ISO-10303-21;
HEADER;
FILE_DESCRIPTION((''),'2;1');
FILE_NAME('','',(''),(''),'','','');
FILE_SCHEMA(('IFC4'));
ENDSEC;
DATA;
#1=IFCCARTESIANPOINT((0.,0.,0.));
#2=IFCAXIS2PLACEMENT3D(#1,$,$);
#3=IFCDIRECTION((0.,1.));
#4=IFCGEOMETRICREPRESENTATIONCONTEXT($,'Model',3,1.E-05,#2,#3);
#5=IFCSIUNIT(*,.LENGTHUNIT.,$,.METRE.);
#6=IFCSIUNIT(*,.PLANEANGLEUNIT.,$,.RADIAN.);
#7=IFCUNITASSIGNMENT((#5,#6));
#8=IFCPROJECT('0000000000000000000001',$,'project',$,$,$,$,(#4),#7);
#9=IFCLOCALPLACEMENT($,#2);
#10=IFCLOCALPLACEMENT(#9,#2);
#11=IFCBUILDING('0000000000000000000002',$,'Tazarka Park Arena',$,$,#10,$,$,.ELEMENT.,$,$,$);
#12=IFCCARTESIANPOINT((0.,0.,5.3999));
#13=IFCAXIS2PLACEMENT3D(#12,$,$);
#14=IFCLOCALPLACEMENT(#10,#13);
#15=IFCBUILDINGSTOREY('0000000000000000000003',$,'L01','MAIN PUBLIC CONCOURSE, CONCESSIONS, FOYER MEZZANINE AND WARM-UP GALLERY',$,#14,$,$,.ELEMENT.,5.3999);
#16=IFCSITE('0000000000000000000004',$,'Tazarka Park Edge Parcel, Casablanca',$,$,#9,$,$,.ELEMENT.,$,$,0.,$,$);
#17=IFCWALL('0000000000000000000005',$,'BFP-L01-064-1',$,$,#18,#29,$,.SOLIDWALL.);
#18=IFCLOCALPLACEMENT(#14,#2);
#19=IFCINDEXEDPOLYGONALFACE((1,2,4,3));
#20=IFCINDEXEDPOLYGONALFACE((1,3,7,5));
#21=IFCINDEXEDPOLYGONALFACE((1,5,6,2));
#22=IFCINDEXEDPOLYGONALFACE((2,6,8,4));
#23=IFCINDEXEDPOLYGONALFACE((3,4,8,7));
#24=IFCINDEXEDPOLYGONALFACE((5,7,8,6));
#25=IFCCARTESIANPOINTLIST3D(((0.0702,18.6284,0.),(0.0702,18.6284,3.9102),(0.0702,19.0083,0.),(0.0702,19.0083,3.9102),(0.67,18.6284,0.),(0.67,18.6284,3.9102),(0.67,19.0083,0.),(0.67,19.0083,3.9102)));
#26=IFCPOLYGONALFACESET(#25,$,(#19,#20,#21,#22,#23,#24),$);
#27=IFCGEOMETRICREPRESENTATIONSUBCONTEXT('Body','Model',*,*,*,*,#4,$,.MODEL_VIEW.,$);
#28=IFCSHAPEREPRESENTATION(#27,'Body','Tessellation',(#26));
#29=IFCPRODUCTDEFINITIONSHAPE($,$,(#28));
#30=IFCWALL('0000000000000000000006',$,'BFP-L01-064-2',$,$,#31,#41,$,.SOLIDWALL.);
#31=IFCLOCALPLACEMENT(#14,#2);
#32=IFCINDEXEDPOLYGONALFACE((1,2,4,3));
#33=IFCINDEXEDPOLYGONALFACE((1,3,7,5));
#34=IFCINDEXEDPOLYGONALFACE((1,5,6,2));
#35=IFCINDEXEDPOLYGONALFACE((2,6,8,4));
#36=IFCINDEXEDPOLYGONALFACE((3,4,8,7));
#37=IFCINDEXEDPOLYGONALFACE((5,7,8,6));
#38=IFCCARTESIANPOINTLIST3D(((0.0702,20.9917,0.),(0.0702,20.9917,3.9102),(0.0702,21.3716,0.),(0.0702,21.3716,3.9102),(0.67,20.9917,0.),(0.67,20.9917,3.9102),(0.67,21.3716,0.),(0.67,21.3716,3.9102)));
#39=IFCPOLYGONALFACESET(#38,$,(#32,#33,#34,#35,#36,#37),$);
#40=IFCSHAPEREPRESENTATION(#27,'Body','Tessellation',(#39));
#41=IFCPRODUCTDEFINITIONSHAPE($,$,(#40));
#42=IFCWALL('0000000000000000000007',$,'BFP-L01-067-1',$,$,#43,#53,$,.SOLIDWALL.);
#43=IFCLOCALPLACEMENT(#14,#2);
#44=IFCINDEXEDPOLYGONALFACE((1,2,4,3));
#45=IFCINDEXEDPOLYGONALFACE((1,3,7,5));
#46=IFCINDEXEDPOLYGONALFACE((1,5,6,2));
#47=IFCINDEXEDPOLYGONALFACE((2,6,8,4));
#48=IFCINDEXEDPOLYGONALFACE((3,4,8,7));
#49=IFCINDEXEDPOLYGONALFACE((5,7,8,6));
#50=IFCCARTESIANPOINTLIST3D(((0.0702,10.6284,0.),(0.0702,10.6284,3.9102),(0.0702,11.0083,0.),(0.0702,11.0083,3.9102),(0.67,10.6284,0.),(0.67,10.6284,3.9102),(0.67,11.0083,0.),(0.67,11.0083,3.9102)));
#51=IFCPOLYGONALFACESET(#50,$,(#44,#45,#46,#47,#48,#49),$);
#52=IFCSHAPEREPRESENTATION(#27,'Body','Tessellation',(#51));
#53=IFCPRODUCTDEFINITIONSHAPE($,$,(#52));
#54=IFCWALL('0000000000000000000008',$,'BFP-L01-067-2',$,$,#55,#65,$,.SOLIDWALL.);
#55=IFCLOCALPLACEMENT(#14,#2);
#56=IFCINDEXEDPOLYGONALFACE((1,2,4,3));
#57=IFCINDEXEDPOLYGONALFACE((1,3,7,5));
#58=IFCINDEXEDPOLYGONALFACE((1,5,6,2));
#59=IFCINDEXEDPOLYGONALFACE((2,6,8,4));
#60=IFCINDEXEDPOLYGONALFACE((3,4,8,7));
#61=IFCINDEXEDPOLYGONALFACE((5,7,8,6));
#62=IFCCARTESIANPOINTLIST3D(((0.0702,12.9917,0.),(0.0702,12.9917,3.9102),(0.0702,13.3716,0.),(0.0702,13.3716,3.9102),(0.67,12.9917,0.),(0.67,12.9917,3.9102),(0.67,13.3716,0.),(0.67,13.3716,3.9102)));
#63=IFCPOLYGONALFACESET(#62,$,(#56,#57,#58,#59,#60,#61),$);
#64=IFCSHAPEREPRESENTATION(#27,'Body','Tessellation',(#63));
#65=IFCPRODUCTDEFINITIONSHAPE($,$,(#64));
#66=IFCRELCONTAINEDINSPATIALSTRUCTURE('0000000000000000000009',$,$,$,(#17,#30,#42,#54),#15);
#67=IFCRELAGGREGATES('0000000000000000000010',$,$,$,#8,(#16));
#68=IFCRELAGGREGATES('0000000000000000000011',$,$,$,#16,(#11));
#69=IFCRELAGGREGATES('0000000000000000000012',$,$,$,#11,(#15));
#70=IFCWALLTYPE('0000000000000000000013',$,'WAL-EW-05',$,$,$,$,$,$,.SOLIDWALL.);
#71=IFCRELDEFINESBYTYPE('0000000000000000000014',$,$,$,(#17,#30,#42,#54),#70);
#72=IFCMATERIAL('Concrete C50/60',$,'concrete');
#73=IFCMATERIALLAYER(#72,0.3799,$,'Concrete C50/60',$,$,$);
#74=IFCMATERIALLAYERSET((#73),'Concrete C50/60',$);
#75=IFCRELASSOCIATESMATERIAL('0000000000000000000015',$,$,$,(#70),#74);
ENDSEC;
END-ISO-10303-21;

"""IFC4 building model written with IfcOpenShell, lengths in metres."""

from ifc_helpers import new_model, si_unit, direction, frame, frame_2d, origin, place, context, subcontext, project, spatial, rectangle, extrude, material, layer, layer_set, type_object, element, save


model = new_model("IFC4")

# Units and contexts
model_context = context("Model", 3, precision=1e-05, world=origin(), true_north=direction((0.0, 1.0)))
body_context = subcontext(model_context, "Body", "Model", "MODEL_VIEW")
ifc_project = project(units=[si_unit("LENGTHUNIT", "METRE"), si_unit("PLANEANGLEUNIT", "RADIAN")], contexts=[model_context])

# Site, building, storey
site_placement = place(None, origin())
site = spatial("IfcSite", under=ifc_project, at=site_placement, Name="Tazarka Park Edge Parcel, Casablanca", CompositionType="ELEMENT", RefElevation=0.0)
building_placement = place(site_placement, origin())
building = spatial("IfcBuilding", under=site, at=building_placement, Name="Tazarka Park Arena", CompositionType="ELEMENT")
storey_placement = place(building_placement, frame((0.0, 0.0, 5.3999)))
storey = spatial("IfcBuildingStorey", under=building, at=storey_placement, Name="L01", Description="MAIN PUBLIC CONCOURSE, CONCESSIONS, FOYER MEZZANINE AND WARM-UP GALLERY", CompositionType="ELEMENT", Elevation=5.3999)

# Walls
ifc_material_1 = material(Name="Concrete C50/60", Category="concrete")
ifc_layer_1 = layer(ifc_material_1, 0.3799, Name="Concrete C50/60")
ifc_layer_set_1 = layer_set([ifc_layer_1], Name="Concrete C50/60")
wall_type = type_object("IfcWallType", Name="WAL-EW-05", PredefinedType="SOLIDWALL", material=ifc_layer_set_1)
for number, where, z_axis, x_axis, name in (
    (1, (0.6699, 18.8184, 0.0), (0.0, 0.0, 1.0), (-1.0, 0.0, 0.0), "BFP-L01-064-1"),
    (2, (0.6699, 21.1816, 0.0), (0.0, 0.0, 1.0), (-1.0, 0.0, 0.0), "BFP-L01-064-2"),
    (3, (0.6699, 10.8184, 0.0), (0.0, 0.0, 1.0), (-1.0, 0.0, 0.0), "BFP-L01-067-1"),
    (4, (0.6699, 13.1816, 0.0), (0.0, 0.0, 1.0), (-1.0, 0.0, 0.0), "BFP-L01-067-2"),
):
    element("IfcWall", number, at=place(storey_placement, frame(where, z_axis=z_axis, x_axis=x_axis)), inside=storey, type_object=wall_type, Name=name, PredefinedType="SOLIDWALL", context=body_context, shape_type="SweptSolid", body=[
        extrude(rectangle(XDim=0.5999, YDim=0.3799, at=frame_2d((0.2998, 0.0))), origin(), (0.0, 0.0, 1.0), 3.9102),
    ])

save(model, "model.ifc")
